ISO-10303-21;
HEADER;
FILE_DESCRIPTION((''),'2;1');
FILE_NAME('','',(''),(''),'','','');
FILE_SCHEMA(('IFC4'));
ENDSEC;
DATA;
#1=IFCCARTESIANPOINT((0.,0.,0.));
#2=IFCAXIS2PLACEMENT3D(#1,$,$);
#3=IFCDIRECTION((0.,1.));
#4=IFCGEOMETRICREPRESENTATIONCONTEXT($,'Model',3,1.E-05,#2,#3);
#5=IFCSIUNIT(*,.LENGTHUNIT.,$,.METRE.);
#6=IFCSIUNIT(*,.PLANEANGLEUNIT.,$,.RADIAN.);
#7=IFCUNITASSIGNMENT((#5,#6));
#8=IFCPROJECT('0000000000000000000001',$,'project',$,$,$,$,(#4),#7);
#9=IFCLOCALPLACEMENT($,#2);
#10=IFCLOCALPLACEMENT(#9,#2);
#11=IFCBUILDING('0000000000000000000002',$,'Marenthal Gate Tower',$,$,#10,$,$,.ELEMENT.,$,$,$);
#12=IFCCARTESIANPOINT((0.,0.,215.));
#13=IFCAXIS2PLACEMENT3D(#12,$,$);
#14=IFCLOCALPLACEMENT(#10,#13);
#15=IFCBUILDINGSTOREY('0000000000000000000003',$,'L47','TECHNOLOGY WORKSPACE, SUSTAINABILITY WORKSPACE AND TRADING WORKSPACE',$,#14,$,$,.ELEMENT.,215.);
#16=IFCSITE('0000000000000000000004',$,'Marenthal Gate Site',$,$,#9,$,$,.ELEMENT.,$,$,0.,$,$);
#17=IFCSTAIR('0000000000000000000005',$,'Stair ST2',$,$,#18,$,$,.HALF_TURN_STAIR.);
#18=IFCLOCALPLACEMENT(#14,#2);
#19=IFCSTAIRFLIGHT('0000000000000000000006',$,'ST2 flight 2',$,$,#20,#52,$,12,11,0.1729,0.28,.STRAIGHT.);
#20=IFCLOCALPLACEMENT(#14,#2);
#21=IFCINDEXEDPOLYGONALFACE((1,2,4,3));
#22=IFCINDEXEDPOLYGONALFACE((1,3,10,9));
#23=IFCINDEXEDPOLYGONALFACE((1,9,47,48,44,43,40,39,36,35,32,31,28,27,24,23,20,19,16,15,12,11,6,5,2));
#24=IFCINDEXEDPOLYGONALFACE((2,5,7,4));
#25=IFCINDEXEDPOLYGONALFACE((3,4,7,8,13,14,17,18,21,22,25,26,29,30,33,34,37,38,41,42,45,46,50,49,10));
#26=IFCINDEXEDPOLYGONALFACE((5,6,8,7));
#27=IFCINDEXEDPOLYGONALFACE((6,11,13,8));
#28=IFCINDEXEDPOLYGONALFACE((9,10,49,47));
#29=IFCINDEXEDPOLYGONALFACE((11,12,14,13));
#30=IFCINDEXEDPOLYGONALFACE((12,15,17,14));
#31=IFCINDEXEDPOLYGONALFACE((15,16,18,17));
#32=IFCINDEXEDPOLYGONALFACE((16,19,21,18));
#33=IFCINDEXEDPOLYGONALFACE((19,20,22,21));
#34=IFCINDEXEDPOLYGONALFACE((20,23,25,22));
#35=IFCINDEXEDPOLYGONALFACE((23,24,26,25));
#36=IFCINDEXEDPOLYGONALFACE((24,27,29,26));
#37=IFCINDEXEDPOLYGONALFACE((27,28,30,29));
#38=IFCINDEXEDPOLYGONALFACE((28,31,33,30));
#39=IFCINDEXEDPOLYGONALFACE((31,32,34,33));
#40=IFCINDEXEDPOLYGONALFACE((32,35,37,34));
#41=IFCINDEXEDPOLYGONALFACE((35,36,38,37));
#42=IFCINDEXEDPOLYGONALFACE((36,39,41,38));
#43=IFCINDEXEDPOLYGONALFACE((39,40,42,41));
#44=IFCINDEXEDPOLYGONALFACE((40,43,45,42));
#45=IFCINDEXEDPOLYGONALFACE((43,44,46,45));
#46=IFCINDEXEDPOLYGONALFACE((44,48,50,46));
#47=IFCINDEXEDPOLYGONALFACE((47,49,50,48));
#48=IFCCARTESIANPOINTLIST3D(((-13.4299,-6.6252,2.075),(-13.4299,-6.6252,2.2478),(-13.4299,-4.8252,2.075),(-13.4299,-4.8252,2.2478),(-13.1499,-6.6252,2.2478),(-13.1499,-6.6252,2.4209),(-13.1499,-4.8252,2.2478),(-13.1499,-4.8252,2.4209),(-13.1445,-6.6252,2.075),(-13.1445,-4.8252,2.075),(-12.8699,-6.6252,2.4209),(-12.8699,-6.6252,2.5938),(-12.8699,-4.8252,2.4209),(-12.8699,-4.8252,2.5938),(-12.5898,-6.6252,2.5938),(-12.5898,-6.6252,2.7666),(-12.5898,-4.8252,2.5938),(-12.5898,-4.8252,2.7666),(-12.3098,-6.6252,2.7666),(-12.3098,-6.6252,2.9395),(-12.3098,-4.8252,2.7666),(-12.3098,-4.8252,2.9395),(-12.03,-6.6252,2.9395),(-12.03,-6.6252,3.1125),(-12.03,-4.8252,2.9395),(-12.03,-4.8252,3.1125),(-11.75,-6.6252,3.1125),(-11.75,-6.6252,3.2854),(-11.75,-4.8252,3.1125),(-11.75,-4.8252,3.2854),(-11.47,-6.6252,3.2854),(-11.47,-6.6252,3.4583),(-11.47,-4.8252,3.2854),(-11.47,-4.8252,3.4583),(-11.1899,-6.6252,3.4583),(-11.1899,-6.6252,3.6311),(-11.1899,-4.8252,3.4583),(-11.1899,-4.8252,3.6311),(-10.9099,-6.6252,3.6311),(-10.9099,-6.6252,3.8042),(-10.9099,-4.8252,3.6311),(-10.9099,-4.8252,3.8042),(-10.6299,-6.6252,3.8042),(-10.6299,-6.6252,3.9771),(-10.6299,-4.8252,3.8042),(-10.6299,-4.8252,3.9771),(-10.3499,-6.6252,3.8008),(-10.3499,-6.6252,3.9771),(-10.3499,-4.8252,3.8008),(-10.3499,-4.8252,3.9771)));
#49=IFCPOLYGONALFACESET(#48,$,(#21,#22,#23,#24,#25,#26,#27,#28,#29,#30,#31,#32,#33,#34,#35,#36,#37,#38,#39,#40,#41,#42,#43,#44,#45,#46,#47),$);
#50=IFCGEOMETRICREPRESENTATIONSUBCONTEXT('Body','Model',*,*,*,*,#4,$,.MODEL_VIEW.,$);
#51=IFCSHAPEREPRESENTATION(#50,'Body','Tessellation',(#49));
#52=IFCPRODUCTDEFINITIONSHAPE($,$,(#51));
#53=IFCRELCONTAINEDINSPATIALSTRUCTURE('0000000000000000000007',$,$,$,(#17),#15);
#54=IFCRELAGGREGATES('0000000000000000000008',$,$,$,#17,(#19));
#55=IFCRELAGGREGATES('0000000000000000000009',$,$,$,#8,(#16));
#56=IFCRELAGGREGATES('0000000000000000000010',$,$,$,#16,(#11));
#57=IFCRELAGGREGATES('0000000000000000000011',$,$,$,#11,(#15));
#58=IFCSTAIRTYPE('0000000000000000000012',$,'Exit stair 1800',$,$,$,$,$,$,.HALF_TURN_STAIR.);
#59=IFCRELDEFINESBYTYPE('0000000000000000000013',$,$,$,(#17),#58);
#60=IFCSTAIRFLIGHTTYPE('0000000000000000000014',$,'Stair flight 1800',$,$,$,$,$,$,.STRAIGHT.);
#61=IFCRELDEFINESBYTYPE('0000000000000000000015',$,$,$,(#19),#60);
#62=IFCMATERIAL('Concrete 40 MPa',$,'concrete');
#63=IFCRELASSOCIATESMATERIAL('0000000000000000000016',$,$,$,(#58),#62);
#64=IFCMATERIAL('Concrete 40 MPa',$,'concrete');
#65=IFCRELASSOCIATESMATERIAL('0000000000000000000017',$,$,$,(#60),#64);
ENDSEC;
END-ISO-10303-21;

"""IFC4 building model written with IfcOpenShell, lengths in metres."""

from ifc_helpers import new_model, si_unit, direction, frame, origin, place, context, subcontext, project, spatial, polyline, outline, extrude, material, type_object, element, aggregate, save


model = new_model("IFC4")

# Units and contexts
model_context = context("Model", 3, precision=1e-05, world=origin(), true_north=direction((0.0, 1.0)))
body_context = subcontext(model_context, "Body", "Model", "MODEL_VIEW")
ifc_project = project(units=[si_unit("LENGTHUNIT", "METRE"), si_unit("PLANEANGLEUNIT", "RADIAN")], contexts=[model_context])

# Site, building, storey
site_placement = place(None, origin())
site = spatial("IfcSite", under=ifc_project, at=site_placement, Name="Marenthal Gate Site", CompositionType="ELEMENT", RefElevation=0.0)
building_placement = place(site_placement, origin())
building = spatial("IfcBuilding", under=site, at=building_placement, Name="Marenthal Gate Tower", CompositionType="ELEMENT")
storey_placement = place(building_placement, frame((0.0, 0.0, 215.0)))
storey = spatial("IfcBuildingStorey", under=building, at=storey_placement, Name="L47", Description="TECHNOLOGY WORKSPACE, SUSTAINABILITY WORKSPACE AND TRADING WORKSPACE", CompositionType="ELEMENT", Elevation=215.0)

# Stair, stair flight
ifc_material_1 = material(Name="Concrete 40 MPa", Category="concrete")
stair_type = type_object("IfcStairType", Name="Exit stair 1800", PredefinedType="HALF_TURN_STAIR", material=ifc_material_1)
stair_placement = place(storey_placement, origin())
stair = element("IfcStair", 1, at=stair_placement, inside=storey, type_object=stair_type, Name="Stair ST2", PredefinedType="HALF_TURN_STAIR")
ifc_material_2 = material(Name="Concrete 40 MPa", Category="concrete")
stair_flight_type = type_object("IfcStairFlightType", Name="Stair flight 1800", PredefinedType="STRAIGHT", material=ifc_material_2)
stair_flight_1_placement = place(storey_placement, frame((-13.4299, -5.7251, 2.075), z_axis=(0.0, 0.0, 1.0), x_axis=(1.0, 0.0, 0.0)))
stair_flight_1 = element("IfcStairFlight", 2, at=stair_flight_1_placement, type_object=stair_flight_type, Name="ST2 flight 2", NumberOfRisers=12, NumberOfTreads=11, PredefinedType="STRAIGHT", RiserHeight=0.1729, TreadLength=0.28, context=body_context, shape_type="SweptSolid", body=[
    extrude(outline(polyline([(0.0, 0.0), (0.0, 0.1729), (0.28, 0.1729), (0.28, 0.3459), (0.5601, 0.3459), (0.5601, 0.5188), (0.8401, 0.5188), (0.8401, 0.6917), (1.1201, 0.6917), (1.1201, 0.8645), (1.3999, 0.8645), (1.3999, 1.0376), (1.6799, 1.0376), (1.6799, 1.2104), (1.96, 1.2104), (1.96, 1.3833), (2.24, 1.3833), (2.24, 1.5562), (2.52, 1.5562), (2.52, 1.7292), (2.8, 1.7292), (2.8, 1.9021), (3.0801, 1.9021), (3.0801, 2.075), (3.0801, 1.7258), (0.2854, 0.0), (0.0, 0.0)])), frame((0.0, 0.8999, 0.0), z_axis=(0.0, -1.0, 0.0), x_axis=(1.0, 0.0, 0.0)), (0.0, 0.0, 1.0), 1.8),
])
aggregate(stair, [stair_flight_1])

save(model, "model.ifc")
